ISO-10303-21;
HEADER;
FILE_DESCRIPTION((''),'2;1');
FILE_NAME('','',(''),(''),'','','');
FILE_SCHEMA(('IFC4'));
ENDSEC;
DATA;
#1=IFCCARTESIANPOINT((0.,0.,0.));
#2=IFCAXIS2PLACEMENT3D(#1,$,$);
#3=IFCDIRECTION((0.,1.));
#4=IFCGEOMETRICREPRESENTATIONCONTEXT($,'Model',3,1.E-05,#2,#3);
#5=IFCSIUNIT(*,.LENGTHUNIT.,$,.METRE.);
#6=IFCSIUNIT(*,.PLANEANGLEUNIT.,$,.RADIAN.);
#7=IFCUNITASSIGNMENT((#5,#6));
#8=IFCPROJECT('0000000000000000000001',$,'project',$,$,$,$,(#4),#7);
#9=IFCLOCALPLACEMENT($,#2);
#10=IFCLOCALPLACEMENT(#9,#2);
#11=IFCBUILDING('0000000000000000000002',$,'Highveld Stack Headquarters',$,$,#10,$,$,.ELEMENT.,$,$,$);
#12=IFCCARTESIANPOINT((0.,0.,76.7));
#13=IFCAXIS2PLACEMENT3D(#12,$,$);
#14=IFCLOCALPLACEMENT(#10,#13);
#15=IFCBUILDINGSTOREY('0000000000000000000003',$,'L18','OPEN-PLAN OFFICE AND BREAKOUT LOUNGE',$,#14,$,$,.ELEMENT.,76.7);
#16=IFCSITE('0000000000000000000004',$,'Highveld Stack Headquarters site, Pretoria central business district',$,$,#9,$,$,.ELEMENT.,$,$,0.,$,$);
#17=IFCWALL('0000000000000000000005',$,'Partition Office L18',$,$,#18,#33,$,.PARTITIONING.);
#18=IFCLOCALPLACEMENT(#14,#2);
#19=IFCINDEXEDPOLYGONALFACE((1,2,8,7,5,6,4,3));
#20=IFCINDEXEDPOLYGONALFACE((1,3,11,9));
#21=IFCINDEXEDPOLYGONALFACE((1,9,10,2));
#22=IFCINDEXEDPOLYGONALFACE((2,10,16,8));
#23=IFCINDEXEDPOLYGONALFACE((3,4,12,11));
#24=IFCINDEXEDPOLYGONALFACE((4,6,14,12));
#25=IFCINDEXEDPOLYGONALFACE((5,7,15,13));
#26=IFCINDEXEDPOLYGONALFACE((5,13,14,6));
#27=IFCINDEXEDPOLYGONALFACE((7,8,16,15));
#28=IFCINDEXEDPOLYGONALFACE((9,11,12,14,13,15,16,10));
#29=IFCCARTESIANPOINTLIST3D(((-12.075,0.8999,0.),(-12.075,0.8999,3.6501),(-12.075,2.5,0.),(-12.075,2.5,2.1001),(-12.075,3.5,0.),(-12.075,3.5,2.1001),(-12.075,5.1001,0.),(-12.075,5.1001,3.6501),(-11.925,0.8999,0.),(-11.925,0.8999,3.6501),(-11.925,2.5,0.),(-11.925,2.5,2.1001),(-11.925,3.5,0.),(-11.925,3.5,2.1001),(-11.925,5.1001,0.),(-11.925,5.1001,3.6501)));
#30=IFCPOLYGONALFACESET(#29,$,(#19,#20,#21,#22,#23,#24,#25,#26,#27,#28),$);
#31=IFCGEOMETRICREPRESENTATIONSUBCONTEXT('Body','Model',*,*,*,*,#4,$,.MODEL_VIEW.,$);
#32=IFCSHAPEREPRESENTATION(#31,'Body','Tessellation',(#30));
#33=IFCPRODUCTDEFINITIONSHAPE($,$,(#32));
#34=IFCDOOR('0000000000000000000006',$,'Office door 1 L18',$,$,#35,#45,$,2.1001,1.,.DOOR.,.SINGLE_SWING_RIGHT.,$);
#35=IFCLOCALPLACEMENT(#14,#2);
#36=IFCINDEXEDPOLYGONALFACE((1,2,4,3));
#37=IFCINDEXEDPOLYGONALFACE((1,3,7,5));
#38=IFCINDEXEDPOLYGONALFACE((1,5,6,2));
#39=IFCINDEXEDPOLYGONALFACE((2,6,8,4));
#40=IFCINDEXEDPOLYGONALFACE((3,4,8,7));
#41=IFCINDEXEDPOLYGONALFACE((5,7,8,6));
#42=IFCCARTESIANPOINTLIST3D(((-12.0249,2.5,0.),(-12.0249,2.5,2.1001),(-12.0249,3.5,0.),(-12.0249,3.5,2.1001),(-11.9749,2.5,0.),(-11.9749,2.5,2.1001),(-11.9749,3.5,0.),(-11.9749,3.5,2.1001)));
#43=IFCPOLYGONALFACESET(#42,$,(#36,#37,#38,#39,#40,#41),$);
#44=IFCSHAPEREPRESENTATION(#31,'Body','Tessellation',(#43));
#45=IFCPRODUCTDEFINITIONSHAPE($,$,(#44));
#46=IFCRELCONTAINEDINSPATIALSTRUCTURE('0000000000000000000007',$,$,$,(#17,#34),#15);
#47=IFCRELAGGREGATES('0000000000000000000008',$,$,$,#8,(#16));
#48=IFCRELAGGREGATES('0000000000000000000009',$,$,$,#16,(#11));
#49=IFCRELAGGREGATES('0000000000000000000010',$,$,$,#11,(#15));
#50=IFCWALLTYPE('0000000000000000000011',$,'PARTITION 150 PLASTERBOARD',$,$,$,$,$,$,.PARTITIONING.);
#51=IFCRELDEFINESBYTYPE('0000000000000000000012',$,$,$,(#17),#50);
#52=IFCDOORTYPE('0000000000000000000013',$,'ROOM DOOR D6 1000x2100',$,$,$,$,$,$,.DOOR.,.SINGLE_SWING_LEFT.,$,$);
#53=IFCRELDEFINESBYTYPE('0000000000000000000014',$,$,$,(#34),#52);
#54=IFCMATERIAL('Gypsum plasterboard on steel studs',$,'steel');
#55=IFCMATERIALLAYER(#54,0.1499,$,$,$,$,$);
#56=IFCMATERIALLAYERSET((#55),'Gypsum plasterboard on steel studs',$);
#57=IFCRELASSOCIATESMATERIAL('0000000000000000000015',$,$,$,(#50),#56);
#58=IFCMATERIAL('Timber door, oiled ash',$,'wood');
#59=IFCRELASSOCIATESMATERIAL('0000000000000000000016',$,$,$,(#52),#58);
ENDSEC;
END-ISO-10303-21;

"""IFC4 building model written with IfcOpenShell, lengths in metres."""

from ifc_helpers import new_model, si_unit, direction, frame, frame_2d, origin, place, context, subcontext, project, spatial, rectangle, extrude, material, layer, layer_set, type_object, element, fill, save


model = new_model("IFC4")

# Units and contexts
model_context = context("Model", 3, precision=1e-05, world=origin(), true_north=direction((0.0, 1.0)))
body_context = subcontext(model_context, "Body", "Model", "MODEL_VIEW")
ifc_project = project(units=[si_unit("LENGTHUNIT", "METRE"), si_unit("PLANEANGLEUNIT", "RADIAN")], contexts=[model_context])

# Site, building, storey
site_placement = place(None, origin())
site = spatial("IfcSite", under=ifc_project, at=site_placement, Name="Highveld Stack Headquarters site, Pretoria central business district", CompositionType="ELEMENT", RefElevation=0.0)
building_placement = place(site_placement, origin())
building = spatial("IfcBuilding", under=site, at=building_placement, Name="Highveld Stack Headquarters", CompositionType="ELEMENT")
storey_placement = place(building_placement, frame((0.0, 0.0, 76.7)))
storey = spatial("IfcBuildingStorey", under=building, at=storey_placement, Name="L18", Description="OPEN-PLAN OFFICE AND BREAKOUT LOUNGE", CompositionType="ELEMENT", Elevation=76.7)

# Shared definitions
ifc_material_1 = material(Name="Gypsum plasterboard on steel studs", Category="steel")
ifc_layer_1 = layer(ifc_material_1, 0.1499)
ifc_layer_set_1 = layer_set([ifc_layer_1], Name="Gypsum plasterboard on steel studs")
wall_type = type_object("IfcWallType", Name="PARTITION 150 PLASTERBOARD", PredefinedType="PARTITIONING", material=ifc_layer_set_1)

# Wall, opening, door
wall_1_placement = place(storey_placement, frame((-12.0, 0.8999, 0.0), z_axis=(0.0, 0.0, 1.0), x_axis=(0.0, 1.0, 0.0)))
wall_1 = element("IfcWall", 1, at=wall_1_placement, inside=storey, type_object=wall_type, Name="Partition Office L18", PredefinedType="PARTITIONING", context=body_context, shape_type="SweptSolid", body=[
    extrude(rectangle(XDim=4.2002, YDim=0.1499, at=frame_2d((2.1001, 0.0))), origin(), (0.0, 0.0, 1.0), 3.6501),
])
opening_placement = place(wall_1_placement, frame((1.6001, 0.0, 0.0)))
opening = element("IfcOpeningElement", 2, at=opening_placement, cuts=wall_1, PredefinedType="OPENING", context=body_context, shape_type="SweptSolid", body=[
    extrude(rectangle(XDim=1.0, YDim=2.1001, at=frame_2d((0.5, 1.05))), frame((0.0, 0.085, 0.0), z_axis=(0.0, -1.0, 0.0), x_axis=(1.0, 0.0, 0.0)), (0.0, 0.0, 1.0), 0.1699),
])
ifc_material_2 = material(Name="Timber door, oiled ash", Category="wood")
door_type = type_object("IfcDoorType", Name="ROOM DOOR D6 1000x2100", OperationType="SINGLE_SWING_LEFT", PredefinedType="DOOR", material=ifc_material_2)
door_placement = place(opening_placement, origin())
door = element("IfcDoor", 3, at=door_placement, inside=storey, type_object=door_type, Name="Office door 1 L18", OperationType="SINGLE_SWING_RIGHT", OverallHeight=2.1001, OverallWidth=1.0, PredefinedType="DOOR", context=body_context, shape_type="SweptSolid", body=[
    extrude(rectangle(XDim=1.0, YDim=2.1001, at=frame_2d((0.5, 1.05))), frame((0.0, 0.0249, 0.0), z_axis=(0.0, -1.0, 0.0), x_axis=(1.0, 0.0, 0.0)), (0.0, 0.0, 1.0), 0.05),
])
fill(opening, door)

save(model, "model.ifc")
